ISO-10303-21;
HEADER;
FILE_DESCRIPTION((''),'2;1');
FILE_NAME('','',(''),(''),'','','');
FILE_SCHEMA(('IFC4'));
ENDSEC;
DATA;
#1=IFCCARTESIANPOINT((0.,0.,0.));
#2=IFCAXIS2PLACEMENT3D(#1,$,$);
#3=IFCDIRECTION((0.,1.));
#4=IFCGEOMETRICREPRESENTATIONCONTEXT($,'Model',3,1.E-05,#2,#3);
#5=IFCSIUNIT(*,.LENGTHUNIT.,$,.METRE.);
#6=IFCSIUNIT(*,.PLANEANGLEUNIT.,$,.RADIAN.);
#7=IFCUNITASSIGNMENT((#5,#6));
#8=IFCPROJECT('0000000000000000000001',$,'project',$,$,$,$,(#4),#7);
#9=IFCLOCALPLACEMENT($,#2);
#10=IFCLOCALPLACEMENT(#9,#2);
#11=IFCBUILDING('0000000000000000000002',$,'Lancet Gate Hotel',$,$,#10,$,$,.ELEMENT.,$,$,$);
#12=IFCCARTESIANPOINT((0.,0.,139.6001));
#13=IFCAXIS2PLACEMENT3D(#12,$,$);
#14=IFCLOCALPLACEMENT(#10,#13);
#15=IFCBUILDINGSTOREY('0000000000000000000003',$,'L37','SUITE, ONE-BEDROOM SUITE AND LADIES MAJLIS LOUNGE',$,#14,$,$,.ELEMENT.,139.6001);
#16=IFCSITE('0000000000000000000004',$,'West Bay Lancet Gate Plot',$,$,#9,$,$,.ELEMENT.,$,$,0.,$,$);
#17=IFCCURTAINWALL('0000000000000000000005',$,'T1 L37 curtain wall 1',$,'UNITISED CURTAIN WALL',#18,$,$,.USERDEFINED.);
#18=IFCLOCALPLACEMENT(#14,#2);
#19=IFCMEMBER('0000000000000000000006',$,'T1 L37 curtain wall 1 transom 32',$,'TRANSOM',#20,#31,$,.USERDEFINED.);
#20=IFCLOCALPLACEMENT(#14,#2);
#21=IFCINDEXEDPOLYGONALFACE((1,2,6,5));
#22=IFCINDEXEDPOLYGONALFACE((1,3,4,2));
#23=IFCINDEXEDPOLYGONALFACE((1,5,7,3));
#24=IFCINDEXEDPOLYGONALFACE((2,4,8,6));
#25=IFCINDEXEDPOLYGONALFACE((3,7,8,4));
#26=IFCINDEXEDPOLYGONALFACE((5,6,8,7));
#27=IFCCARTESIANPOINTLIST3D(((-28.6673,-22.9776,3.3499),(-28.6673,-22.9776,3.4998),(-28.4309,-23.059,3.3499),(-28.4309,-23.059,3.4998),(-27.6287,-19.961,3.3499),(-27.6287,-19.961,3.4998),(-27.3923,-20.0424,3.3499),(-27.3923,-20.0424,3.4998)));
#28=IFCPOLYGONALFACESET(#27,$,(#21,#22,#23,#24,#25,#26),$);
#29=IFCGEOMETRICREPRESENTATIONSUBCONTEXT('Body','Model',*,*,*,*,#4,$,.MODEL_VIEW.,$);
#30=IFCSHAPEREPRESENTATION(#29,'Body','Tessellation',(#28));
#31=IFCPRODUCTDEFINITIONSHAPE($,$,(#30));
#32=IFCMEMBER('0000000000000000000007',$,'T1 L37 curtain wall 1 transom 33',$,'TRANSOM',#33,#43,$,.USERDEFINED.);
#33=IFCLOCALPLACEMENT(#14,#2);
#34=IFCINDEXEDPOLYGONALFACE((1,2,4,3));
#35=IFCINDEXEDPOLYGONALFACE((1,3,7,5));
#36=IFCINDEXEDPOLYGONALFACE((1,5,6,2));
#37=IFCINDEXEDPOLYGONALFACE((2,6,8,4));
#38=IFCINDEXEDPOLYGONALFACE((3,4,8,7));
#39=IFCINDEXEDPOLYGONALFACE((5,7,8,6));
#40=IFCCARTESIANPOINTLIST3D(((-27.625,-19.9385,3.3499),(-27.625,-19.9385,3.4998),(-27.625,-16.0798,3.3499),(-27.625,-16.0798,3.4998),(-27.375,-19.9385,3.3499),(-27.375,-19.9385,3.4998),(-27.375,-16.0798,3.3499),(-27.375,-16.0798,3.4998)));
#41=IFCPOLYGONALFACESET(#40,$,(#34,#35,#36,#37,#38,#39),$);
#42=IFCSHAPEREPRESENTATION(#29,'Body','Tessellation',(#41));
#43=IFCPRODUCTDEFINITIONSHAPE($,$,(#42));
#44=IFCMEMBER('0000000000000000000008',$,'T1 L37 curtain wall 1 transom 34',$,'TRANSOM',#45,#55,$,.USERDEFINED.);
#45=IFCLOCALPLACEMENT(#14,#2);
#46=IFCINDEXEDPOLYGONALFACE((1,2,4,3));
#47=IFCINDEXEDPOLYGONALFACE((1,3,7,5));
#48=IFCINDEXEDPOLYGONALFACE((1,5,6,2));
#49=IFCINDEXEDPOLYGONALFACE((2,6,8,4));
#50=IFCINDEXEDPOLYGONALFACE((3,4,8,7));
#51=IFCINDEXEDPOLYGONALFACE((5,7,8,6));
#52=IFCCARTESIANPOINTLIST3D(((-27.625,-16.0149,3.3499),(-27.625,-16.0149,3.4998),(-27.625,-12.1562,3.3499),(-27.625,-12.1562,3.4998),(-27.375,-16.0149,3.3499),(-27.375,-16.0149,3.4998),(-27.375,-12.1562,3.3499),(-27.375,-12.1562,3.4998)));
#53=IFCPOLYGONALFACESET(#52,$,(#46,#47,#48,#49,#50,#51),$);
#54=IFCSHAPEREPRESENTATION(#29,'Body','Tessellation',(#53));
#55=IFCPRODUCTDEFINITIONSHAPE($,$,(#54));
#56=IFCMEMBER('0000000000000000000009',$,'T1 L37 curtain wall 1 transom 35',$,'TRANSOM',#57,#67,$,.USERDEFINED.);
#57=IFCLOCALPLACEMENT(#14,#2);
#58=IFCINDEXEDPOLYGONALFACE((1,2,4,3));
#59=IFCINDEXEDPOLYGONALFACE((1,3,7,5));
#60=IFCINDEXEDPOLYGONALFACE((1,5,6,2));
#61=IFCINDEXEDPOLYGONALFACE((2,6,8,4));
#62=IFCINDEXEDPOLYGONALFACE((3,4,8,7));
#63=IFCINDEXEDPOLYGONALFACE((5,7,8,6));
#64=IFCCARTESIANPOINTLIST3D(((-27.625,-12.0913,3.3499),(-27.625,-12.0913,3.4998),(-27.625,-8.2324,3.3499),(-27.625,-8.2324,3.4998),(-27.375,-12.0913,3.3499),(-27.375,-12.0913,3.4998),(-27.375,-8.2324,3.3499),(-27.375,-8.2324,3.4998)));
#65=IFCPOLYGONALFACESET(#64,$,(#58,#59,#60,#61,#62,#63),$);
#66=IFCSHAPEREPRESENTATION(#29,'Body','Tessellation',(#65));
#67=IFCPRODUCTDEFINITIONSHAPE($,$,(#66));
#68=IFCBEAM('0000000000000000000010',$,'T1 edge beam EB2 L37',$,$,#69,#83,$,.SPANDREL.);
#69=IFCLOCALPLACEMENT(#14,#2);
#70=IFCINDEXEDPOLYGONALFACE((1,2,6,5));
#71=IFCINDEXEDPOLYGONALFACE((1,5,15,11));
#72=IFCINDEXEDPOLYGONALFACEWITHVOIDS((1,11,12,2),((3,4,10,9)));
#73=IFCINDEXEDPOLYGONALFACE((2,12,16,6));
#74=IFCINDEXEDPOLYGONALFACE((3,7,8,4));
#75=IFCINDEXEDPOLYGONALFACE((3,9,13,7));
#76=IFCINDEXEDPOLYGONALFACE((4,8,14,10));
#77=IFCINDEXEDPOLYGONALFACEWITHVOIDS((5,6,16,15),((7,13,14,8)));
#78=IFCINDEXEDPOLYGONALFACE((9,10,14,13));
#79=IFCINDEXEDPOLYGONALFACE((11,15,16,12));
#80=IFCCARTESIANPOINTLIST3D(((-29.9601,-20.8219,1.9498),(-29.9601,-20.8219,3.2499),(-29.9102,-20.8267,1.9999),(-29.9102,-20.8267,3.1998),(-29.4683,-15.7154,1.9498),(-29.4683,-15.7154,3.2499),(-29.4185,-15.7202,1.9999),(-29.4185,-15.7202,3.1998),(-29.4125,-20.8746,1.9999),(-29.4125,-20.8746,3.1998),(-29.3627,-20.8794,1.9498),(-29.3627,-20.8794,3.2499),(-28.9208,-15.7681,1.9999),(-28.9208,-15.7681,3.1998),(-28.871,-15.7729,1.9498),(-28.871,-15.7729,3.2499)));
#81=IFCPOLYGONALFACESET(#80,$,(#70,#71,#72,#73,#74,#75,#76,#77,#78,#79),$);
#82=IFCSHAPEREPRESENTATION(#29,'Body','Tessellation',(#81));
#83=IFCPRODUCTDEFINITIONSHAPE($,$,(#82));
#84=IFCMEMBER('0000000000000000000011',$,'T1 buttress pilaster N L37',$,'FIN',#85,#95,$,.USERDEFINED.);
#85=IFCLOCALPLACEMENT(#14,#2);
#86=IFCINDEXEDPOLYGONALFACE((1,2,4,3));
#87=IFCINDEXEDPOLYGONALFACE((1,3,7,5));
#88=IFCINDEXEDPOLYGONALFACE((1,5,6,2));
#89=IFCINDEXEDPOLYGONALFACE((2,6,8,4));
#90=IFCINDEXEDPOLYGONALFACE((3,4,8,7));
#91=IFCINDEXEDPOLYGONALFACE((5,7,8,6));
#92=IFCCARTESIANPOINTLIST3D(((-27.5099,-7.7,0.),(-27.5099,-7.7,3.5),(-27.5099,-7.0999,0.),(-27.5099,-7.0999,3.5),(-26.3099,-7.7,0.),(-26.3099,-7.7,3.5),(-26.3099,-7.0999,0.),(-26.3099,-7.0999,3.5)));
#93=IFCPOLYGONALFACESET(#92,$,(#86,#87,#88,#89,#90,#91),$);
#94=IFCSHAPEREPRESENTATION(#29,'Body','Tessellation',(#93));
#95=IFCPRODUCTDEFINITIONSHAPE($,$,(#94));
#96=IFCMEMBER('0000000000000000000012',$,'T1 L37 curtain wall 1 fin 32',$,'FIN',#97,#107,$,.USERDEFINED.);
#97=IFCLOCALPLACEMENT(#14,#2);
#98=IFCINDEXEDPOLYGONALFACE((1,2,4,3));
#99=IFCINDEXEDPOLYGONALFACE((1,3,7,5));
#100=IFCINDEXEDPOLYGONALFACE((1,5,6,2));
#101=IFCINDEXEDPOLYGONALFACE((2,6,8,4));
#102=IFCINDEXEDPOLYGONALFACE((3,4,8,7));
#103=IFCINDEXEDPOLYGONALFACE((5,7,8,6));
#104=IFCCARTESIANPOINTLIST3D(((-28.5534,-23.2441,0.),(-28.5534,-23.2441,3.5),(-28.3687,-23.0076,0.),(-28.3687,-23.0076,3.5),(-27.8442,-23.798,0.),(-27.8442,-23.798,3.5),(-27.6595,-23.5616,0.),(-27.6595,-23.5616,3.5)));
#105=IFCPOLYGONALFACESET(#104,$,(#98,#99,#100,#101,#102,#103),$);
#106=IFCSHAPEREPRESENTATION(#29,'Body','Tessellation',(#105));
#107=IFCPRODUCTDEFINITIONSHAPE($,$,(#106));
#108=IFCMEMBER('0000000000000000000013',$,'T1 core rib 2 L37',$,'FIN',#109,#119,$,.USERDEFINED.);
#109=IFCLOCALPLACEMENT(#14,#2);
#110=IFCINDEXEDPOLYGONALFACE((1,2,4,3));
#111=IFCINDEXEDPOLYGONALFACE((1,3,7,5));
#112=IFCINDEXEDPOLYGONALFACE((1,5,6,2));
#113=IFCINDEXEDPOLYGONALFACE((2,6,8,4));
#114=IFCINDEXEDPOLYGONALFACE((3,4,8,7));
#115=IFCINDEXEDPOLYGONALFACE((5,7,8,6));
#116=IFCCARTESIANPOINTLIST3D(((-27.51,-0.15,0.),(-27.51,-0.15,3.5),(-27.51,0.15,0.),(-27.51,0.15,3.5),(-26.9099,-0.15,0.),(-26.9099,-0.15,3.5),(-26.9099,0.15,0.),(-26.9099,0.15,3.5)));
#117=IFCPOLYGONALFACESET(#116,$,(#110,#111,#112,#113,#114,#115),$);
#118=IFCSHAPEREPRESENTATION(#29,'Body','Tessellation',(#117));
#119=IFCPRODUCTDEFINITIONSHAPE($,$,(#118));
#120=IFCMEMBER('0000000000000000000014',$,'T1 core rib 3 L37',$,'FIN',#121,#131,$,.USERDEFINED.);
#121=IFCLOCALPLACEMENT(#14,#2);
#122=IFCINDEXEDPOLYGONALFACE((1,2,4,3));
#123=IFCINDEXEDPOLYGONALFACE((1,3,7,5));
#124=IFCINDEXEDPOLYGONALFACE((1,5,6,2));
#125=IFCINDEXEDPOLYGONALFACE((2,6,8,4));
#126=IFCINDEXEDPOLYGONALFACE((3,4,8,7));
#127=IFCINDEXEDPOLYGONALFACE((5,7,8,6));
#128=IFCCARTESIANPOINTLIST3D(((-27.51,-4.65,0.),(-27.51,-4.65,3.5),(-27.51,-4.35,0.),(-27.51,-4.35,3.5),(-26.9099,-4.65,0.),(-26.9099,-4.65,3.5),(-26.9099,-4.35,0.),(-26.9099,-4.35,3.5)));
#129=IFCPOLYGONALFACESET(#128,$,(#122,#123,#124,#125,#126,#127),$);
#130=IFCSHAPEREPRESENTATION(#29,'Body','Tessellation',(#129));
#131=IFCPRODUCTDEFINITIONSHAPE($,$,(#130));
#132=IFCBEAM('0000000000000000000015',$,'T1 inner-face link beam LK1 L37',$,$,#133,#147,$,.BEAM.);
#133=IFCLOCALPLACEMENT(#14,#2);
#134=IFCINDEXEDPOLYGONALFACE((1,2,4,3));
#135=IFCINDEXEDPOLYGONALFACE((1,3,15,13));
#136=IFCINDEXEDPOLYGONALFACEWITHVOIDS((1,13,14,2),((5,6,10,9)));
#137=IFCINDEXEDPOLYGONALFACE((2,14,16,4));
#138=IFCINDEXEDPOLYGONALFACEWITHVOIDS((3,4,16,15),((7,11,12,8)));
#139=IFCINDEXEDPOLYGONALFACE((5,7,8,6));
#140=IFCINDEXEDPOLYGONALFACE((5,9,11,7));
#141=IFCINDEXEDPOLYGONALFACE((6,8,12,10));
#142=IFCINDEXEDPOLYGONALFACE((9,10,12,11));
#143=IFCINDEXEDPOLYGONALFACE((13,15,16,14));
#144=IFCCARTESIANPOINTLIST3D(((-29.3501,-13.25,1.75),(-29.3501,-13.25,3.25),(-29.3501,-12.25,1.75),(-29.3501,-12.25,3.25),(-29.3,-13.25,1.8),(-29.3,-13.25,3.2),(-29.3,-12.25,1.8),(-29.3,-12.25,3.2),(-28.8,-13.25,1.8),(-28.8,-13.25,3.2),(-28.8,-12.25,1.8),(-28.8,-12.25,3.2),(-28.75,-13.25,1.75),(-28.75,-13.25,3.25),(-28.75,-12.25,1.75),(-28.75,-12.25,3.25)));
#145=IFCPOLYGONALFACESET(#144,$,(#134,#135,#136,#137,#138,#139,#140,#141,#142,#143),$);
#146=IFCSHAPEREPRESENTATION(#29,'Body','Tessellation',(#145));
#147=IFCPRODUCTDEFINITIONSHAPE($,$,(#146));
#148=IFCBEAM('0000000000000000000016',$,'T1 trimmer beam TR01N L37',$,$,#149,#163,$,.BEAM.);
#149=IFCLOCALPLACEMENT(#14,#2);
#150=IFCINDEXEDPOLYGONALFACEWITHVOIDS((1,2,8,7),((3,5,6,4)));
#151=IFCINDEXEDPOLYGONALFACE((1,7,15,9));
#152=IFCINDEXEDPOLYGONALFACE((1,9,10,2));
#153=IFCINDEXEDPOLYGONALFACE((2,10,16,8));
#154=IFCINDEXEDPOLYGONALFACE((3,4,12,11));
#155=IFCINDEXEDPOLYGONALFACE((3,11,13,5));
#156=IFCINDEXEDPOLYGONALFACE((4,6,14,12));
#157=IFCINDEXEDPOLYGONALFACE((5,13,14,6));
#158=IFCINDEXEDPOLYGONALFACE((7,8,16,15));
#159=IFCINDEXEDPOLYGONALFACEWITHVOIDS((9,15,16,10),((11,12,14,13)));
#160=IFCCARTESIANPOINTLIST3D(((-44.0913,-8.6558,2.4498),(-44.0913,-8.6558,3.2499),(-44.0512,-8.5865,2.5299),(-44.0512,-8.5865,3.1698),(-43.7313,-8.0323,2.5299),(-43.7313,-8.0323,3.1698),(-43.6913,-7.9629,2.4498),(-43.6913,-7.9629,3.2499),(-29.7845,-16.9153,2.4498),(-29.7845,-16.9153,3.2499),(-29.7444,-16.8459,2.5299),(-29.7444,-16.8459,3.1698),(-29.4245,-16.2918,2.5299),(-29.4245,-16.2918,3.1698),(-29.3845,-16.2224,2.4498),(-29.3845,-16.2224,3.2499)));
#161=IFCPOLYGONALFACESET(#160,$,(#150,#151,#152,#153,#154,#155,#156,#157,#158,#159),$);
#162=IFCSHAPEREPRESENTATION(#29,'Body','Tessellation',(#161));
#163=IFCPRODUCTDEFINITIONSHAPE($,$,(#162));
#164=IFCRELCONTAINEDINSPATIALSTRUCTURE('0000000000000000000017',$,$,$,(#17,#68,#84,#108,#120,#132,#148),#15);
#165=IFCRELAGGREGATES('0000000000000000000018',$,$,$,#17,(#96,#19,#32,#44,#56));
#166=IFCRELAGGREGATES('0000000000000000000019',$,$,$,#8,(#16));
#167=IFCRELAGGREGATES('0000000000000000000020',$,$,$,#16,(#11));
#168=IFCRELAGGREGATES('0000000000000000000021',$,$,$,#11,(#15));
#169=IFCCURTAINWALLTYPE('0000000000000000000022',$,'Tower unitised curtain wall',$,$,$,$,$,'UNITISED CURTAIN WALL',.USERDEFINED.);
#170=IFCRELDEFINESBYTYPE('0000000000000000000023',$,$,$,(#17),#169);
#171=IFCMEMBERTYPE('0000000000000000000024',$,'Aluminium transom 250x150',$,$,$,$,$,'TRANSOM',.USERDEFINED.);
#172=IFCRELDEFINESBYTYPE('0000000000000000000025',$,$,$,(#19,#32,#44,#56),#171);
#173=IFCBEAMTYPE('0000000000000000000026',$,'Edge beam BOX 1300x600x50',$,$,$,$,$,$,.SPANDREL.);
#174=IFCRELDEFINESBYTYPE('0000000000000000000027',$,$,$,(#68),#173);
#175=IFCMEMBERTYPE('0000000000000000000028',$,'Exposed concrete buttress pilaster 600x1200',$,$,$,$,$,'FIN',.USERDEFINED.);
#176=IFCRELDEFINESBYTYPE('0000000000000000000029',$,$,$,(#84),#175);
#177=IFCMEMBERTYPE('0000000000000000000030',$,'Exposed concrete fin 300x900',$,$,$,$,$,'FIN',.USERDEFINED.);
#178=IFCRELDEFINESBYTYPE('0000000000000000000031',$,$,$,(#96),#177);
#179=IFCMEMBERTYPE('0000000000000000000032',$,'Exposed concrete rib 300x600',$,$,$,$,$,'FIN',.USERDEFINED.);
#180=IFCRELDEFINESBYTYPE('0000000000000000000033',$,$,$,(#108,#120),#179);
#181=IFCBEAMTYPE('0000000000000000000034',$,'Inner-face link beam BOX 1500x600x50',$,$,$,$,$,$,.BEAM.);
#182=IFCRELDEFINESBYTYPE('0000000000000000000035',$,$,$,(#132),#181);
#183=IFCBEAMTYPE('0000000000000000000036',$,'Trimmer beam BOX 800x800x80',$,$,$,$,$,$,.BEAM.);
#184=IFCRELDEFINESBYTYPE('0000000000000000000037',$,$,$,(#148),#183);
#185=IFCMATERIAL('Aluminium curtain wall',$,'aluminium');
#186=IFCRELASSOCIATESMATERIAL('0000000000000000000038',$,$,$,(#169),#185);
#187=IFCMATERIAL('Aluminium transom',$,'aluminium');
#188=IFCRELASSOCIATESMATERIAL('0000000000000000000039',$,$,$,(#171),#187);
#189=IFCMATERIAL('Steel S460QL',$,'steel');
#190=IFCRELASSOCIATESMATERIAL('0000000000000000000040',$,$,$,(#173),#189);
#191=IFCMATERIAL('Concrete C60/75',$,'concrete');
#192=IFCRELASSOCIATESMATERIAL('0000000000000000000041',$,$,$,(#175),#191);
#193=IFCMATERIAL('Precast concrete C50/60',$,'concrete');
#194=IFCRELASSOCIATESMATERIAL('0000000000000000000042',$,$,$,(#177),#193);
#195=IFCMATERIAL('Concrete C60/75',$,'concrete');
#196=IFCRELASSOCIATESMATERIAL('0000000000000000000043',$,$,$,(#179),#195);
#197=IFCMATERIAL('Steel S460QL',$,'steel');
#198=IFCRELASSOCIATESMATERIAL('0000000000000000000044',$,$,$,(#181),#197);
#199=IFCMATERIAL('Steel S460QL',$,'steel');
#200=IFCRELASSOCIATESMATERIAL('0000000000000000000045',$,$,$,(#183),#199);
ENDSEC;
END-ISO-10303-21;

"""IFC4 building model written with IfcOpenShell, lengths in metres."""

from ifc_helpers import new_model, si_unit, direction, frame, origin, origin_2d, place, context, subcontext, project, spatial, rectangle, hollow_rectangle, extrude, material, material_profile, profile_set, type_object, element, aggregate, save


model = new_model("IFC4")

# Units and contexts
model_context = context("Model", 3, precision=1e-05, world=origin(), true_north=direction((0.0, 1.0)))
body_context = subcontext(model_context, "Body", "Model", "MODEL_VIEW")
ifc_project = project(units=[si_unit("LENGTHUNIT", "METRE"), si_unit("PLANEANGLEUNIT", "RADIAN")], contexts=[model_context])

# Site, building, storey
site_placement = place(None, origin())
site = spatial("IfcSite", under=ifc_project, at=site_placement, Name="West Bay Lancet Gate Plot", CompositionType="ELEMENT", RefElevation=0.0)
building_placement = place(site_placement, origin())
building = spatial("IfcBuilding", under=site, at=building_placement, Name="Lancet Gate Hotel", CompositionType="ELEMENT")
storey_placement = place(building_placement, frame((0.0, 0.0, 139.6001)))
storey = spatial("IfcBuildingStorey", under=building, at=storey_placement, Name="L37", Description="SUITE, ONE-BEDROOM SUITE AND LADIES MAJLIS LOUNGE", CompositionType="ELEMENT", Elevation=139.6001)

# Curtain wall, members
ifc_material_1 = material(Name="Aluminium curtain wall", Category="aluminium")
curtain_wall_type = type_object("IfcCurtainWallType", Name="Tower unitised curtain wall", ElementType="UNITISED CURTAIN WALL", PredefinedType="USERDEFINED", material=ifc_material_1)
curtain_wall_placement = place(storey_placement, origin())
curtain_wall = element("IfcCurtainWall", 1, at=curtain_wall_placement, inside=storey, type_object=curtain_wall_type, Name="T1 L37 curtain wall 1", ObjectType="UNITISED CURTAIN WALL", PredefinedType="USERDEFINED")
ifc_material_2 = material(Name="Aluminium transom", Category="aluminium")
ifc_material_profile_1 = material_profile(ifc_material_2, rectangle(XDim=0.25, YDim=0.1499, at=origin_2d()), Name="TRANSOM 250x150")
ifc_profile_set_1 = profile_set([ifc_material_profile_1], Name="Aluminium transom")
member_type_1 = type_object("IfcMemberType", Name="Aluminium transom 250x150", ElementType="TRANSOM", PredefinedType="USERDEFINED", material=ifc_profile_set_1)
member_1_placement = place(storey_placement, frame((-28.5491, -23.0183, 3.4248), z_axis=(0.325533, 0.945531, 0.0), x_axis=(-0.945531, 0.325533, 0.0)))
member_1 = element("IfcMember", 2, at=member_1_placement, type_object=member_type_1, Name="T1 L37 curtain wall 1 transom 32", ObjectType="TRANSOM", PredefinedType="USERDEFINED", context=body_context, shape_type="SweptSolid", body=[
    extrude(rectangle(XDim=0.25, YDim=0.1499, at=origin_2d()), origin(), (0.0, 0.0, 1.0), 3.1904),
])
member_2_placement = place(storey_placement, frame((-27.5, -19.9385, 3.4248), z_axis=(0.0, 1.0, 0.0), x_axis=(-1.0, 0.0, 0.0)))
member_2 = element("IfcMember", 3, at=member_2_placement, type_object=member_type_1, Name="T1 L37 curtain wall 1 transom 33", ObjectType="TRANSOM", PredefinedType="USERDEFINED", context=body_context, shape_type="SweptSolid", body=[
    extrude(rectangle(XDim=0.25, YDim=0.1499, at=origin_2d()), origin(), (0.0, 0.0, 1.0), 3.8586),
])
member_3_placement = place(storey_placement, frame((-27.5, -16.0149, 3.4248), z_axis=(0.0, 1.0, 0.0), x_axis=(-1.0, 0.0, 0.0)))
member_3 = element("IfcMember", 4, at=member_3_placement, type_object=member_type_1, Name="T1 L37 curtain wall 1 transom 34", ObjectType="TRANSOM", PredefinedType="USERDEFINED", context=body_context, shape_type="SweptSolid", body=[
    extrude(rectangle(XDim=0.25, YDim=0.1499, at=origin_2d()), origin(), (0.0, 0.0, 1.0), 3.8586),
])
member_4_placement = place(storey_placement, frame((-27.5, -12.0913, 3.4248), z_axis=(0.0, 1.0, 0.0), x_axis=(-1.0, 0.0, 0.0)))
member_4 = element("IfcMember", 5, at=member_4_placement, type_object=member_type_1, Name="T1 L37 curtain wall 1 transom 35", ObjectType="TRANSOM", PredefinedType="USERDEFINED", context=body_context, shape_type="SweptSolid", body=[
    extrude(rectangle(XDim=0.25, YDim=0.1499, at=origin_2d()), origin(), (0.0, 0.0, 1.0), 3.8589),
])

# Beam
ifc_material_3 = material(Name="Steel S460QL", Category="steel")
ifc_material_profile_2 = material_profile(ifc_material_3, hollow_rectangle(XDim=0.6001, YDim=1.3, WallThickness=0.05, at=origin_2d()), Name="BOX 1300x600x50")
ifc_profile_set_2 = profile_set([ifc_material_profile_2], Name="Steel S460QL")
beam_type_1 = type_object("IfcBeamType", Name="Edge beam BOX 1300x600x50", PredefinedType="SPANDREL", material=ifc_profile_set_2)
beam_1_placement = place(storey_placement, frame((-29.1697, -15.7441, 2.5999), z_axis=(-0.095847, -0.995396, 0.0), x_axis=(0.995396, -0.095847, 0.0)))
element("IfcBeam", 6, at=beam_1_placement, inside=storey, type_object=beam_type_1, Name="T1 edge beam EB2 L37", PredefinedType="SPANDREL", context=body_context, shape_type="SweptSolid", body=[
    extrude(hollow_rectangle(XDim=0.6001, YDim=1.3, WallThickness=0.05, at=origin_2d()), origin(), (0.0, 0.0, 1.0), 5.1301),
])

# Members
ifc_material_4 = material(Name="Concrete C60/75", Category="concrete")
ifc_material_profile_3 = material_profile(ifc_material_4, rectangle(XDim=0.6001, YDim=1.2, at=origin_2d()), Name="FIN 600x1200")
ifc_profile_set_3 = profile_set([ifc_material_profile_3], Name="Concrete C60/75")
member_type_2 = type_object("IfcMemberType", Name="Exposed concrete buttress pilaster 600x1200", ElementType="FIN", PredefinedType="USERDEFINED", material=ifc_profile_set_3)
member_5_placement = place(storey_placement, frame((-26.9099, -7.3999, 0.0), z_axis=(0.0, 0.0, 1.0), x_axis=(0.0, 1.0, 0.0)))
element("IfcMember", 7, at=member_5_placement, inside=storey, type_object=member_type_2, Name="T1 buttress pilaster N L37", ObjectType="FIN", PredefinedType="USERDEFINED", context=body_context, shape_type="SweptSolid", body=[
    extrude(rectangle(XDim=0.6001, YDim=1.2, at=origin_2d()), origin(), (0.0, 0.0, 1.0), 3.5),
])
ifc_material_5 = material(Name="Precast concrete C50/60", Category="concrete")
ifc_material_profile_4 = material_profile(ifc_material_5, rectangle(XDim=0.3, YDim=0.8999, at=origin_2d()), Name="FIN 300x900")
ifc_profile_set_4 = profile_set([ifc_material_profile_4], Name="Precast concrete C50/60")
member_type_3 = type_object("IfcMemberType", Name="Exposed concrete fin 300x900", ElementType="FIN", PredefinedType="USERDEFINED", material=ifc_profile_set_4)
member_6_placement = place(storey_placement, frame((-28.1064, -23.4028, 0.0), z_axis=(0.0, 0.0, 1.0), x_axis=(0.615574, 0.788079, 0.0)))
member_6 = element("IfcMember", 8, at=member_6_placement, type_object=member_type_3, Name="T1 L37 curtain wall 1 fin 32", ObjectType="FIN", PredefinedType="USERDEFINED", context=body_context, shape_type="SweptSolid", body=[
    extrude(rectangle(XDim=0.3, YDim=0.8999, at=origin_2d()), origin(), (0.0, 0.0, 1.0), 3.5),
])

# Members
ifc_material_6 = material(Name="Concrete C60/75", Category="concrete")
ifc_material_profile_5 = material_profile(ifc_material_6, rectangle(XDim=0.3, YDim=0.6001, at=origin_2d()), Name="FIN 300x600")
ifc_profile_set_5 = profile_set([ifc_material_profile_5], Name="Concrete C60/75")
member_type_4 = type_object("IfcMemberType", Name="Exposed concrete rib 300x600", ElementType="FIN", PredefinedType="USERDEFINED", material=ifc_profile_set_5)
for number, where, z_axis, x_axis, name in (
    (9, (-27.21, 0.0, 0.0), (0.0, 0.0, 1.0), (0.0, 1.0, 0.0), "T1 core rib 2 L37"),
    (10, (-27.21, -4.5, 0.0), (0.0, 0.0, 1.0), (0.0, 1.0, 0.0), "T1 core rib 3 L37"),
):
    element("IfcMember", number, at=place(storey_placement, frame(where, z_axis=z_axis, x_axis=x_axis)), inside=storey, type_object=member_type_4, Name=name, ObjectType="FIN", PredefinedType="USERDEFINED", context=body_context, shape_type="SweptSolid", body=[
        extrude(rectangle(XDim=0.3, YDim=0.6001, at=origin_2d()), origin(), (0.0, 0.0, 1.0), 3.5),
    ])

# Beams
ifc_material_7 = material(Name="Steel S460QL", Category="steel")
ifc_material_profile_6 = material_profile(ifc_material_7, hollow_rectangle(XDim=0.6001, YDim=1.5, WallThickness=0.05, at=origin_2d()), Name="BOX 1500x600x50")
ifc_profile_set_6 = profile_set([ifc_material_profile_6], Name="Steel S460QL")
beam_type_2 = type_object("IfcBeamType", Name="Inner-face link beam BOX 1500x600x50", PredefinedType="BEAM", material=ifc_profile_set_6)
beam_2_placement = place(storey_placement, frame((-29.05, -12.25, 2.5), z_axis=(0.0, -1.0, 0.0), x_axis=(1.0, 0.0, 0.0)))
element("IfcBeam", 11, at=beam_2_placement, inside=storey, type_object=beam_type_2, Name="T1 inner-face link beam LK1 L37", PredefinedType="BEAM", context=body_context, shape_type="SweptSolid", body=[
    extrude(hollow_rectangle(XDim=0.6001, YDim=1.5, WallThickness=0.05, at=origin_2d()), origin(), (0.0, 0.0, 1.0), 1.0),
])
ifc_material_8 = material(Name="Steel S460QL", Category="steel")
ifc_material_profile_7 = material_profile(ifc_material_8, hollow_rectangle(XDim=0.8, YDim=0.8, WallThickness=0.0801, at=origin_2d()), Name="BOX 800x800x80")
ifc_profile_set_7 = profile_set([ifc_material_profile_7], Name="Steel S460QL")
beam_type_3 = type_object("IfcBeamType", Name="Trimmer beam BOX 800x800x80", PredefinedType="BEAM", material=ifc_profile_set_7)
beam_3_placement = place(storey_placement, frame((-29.5845, -16.5688, 2.8499), z_axis=(-0.86604, 0.499974, 0.0), x_axis=(-0.499974, -0.86604, 0.0)))
element("IfcBeam", 12, at=beam_3_placement, inside=storey, type_object=beam_type_3, Name="T1 trimmer beam TR01N L37", PredefinedType="BEAM", context=body_context, shape_type="SweptSolid", body=[
    extrude(hollow_rectangle(XDim=0.8, YDim=0.8, WallThickness=0.0801, at=origin_2d()), origin(), (0.0, 0.0, 1.0), 16.5198),
])

aggregate(curtain_wall, [member_6, member_1, member_2, member_3, member_4])

save(model, "model.ifc")
